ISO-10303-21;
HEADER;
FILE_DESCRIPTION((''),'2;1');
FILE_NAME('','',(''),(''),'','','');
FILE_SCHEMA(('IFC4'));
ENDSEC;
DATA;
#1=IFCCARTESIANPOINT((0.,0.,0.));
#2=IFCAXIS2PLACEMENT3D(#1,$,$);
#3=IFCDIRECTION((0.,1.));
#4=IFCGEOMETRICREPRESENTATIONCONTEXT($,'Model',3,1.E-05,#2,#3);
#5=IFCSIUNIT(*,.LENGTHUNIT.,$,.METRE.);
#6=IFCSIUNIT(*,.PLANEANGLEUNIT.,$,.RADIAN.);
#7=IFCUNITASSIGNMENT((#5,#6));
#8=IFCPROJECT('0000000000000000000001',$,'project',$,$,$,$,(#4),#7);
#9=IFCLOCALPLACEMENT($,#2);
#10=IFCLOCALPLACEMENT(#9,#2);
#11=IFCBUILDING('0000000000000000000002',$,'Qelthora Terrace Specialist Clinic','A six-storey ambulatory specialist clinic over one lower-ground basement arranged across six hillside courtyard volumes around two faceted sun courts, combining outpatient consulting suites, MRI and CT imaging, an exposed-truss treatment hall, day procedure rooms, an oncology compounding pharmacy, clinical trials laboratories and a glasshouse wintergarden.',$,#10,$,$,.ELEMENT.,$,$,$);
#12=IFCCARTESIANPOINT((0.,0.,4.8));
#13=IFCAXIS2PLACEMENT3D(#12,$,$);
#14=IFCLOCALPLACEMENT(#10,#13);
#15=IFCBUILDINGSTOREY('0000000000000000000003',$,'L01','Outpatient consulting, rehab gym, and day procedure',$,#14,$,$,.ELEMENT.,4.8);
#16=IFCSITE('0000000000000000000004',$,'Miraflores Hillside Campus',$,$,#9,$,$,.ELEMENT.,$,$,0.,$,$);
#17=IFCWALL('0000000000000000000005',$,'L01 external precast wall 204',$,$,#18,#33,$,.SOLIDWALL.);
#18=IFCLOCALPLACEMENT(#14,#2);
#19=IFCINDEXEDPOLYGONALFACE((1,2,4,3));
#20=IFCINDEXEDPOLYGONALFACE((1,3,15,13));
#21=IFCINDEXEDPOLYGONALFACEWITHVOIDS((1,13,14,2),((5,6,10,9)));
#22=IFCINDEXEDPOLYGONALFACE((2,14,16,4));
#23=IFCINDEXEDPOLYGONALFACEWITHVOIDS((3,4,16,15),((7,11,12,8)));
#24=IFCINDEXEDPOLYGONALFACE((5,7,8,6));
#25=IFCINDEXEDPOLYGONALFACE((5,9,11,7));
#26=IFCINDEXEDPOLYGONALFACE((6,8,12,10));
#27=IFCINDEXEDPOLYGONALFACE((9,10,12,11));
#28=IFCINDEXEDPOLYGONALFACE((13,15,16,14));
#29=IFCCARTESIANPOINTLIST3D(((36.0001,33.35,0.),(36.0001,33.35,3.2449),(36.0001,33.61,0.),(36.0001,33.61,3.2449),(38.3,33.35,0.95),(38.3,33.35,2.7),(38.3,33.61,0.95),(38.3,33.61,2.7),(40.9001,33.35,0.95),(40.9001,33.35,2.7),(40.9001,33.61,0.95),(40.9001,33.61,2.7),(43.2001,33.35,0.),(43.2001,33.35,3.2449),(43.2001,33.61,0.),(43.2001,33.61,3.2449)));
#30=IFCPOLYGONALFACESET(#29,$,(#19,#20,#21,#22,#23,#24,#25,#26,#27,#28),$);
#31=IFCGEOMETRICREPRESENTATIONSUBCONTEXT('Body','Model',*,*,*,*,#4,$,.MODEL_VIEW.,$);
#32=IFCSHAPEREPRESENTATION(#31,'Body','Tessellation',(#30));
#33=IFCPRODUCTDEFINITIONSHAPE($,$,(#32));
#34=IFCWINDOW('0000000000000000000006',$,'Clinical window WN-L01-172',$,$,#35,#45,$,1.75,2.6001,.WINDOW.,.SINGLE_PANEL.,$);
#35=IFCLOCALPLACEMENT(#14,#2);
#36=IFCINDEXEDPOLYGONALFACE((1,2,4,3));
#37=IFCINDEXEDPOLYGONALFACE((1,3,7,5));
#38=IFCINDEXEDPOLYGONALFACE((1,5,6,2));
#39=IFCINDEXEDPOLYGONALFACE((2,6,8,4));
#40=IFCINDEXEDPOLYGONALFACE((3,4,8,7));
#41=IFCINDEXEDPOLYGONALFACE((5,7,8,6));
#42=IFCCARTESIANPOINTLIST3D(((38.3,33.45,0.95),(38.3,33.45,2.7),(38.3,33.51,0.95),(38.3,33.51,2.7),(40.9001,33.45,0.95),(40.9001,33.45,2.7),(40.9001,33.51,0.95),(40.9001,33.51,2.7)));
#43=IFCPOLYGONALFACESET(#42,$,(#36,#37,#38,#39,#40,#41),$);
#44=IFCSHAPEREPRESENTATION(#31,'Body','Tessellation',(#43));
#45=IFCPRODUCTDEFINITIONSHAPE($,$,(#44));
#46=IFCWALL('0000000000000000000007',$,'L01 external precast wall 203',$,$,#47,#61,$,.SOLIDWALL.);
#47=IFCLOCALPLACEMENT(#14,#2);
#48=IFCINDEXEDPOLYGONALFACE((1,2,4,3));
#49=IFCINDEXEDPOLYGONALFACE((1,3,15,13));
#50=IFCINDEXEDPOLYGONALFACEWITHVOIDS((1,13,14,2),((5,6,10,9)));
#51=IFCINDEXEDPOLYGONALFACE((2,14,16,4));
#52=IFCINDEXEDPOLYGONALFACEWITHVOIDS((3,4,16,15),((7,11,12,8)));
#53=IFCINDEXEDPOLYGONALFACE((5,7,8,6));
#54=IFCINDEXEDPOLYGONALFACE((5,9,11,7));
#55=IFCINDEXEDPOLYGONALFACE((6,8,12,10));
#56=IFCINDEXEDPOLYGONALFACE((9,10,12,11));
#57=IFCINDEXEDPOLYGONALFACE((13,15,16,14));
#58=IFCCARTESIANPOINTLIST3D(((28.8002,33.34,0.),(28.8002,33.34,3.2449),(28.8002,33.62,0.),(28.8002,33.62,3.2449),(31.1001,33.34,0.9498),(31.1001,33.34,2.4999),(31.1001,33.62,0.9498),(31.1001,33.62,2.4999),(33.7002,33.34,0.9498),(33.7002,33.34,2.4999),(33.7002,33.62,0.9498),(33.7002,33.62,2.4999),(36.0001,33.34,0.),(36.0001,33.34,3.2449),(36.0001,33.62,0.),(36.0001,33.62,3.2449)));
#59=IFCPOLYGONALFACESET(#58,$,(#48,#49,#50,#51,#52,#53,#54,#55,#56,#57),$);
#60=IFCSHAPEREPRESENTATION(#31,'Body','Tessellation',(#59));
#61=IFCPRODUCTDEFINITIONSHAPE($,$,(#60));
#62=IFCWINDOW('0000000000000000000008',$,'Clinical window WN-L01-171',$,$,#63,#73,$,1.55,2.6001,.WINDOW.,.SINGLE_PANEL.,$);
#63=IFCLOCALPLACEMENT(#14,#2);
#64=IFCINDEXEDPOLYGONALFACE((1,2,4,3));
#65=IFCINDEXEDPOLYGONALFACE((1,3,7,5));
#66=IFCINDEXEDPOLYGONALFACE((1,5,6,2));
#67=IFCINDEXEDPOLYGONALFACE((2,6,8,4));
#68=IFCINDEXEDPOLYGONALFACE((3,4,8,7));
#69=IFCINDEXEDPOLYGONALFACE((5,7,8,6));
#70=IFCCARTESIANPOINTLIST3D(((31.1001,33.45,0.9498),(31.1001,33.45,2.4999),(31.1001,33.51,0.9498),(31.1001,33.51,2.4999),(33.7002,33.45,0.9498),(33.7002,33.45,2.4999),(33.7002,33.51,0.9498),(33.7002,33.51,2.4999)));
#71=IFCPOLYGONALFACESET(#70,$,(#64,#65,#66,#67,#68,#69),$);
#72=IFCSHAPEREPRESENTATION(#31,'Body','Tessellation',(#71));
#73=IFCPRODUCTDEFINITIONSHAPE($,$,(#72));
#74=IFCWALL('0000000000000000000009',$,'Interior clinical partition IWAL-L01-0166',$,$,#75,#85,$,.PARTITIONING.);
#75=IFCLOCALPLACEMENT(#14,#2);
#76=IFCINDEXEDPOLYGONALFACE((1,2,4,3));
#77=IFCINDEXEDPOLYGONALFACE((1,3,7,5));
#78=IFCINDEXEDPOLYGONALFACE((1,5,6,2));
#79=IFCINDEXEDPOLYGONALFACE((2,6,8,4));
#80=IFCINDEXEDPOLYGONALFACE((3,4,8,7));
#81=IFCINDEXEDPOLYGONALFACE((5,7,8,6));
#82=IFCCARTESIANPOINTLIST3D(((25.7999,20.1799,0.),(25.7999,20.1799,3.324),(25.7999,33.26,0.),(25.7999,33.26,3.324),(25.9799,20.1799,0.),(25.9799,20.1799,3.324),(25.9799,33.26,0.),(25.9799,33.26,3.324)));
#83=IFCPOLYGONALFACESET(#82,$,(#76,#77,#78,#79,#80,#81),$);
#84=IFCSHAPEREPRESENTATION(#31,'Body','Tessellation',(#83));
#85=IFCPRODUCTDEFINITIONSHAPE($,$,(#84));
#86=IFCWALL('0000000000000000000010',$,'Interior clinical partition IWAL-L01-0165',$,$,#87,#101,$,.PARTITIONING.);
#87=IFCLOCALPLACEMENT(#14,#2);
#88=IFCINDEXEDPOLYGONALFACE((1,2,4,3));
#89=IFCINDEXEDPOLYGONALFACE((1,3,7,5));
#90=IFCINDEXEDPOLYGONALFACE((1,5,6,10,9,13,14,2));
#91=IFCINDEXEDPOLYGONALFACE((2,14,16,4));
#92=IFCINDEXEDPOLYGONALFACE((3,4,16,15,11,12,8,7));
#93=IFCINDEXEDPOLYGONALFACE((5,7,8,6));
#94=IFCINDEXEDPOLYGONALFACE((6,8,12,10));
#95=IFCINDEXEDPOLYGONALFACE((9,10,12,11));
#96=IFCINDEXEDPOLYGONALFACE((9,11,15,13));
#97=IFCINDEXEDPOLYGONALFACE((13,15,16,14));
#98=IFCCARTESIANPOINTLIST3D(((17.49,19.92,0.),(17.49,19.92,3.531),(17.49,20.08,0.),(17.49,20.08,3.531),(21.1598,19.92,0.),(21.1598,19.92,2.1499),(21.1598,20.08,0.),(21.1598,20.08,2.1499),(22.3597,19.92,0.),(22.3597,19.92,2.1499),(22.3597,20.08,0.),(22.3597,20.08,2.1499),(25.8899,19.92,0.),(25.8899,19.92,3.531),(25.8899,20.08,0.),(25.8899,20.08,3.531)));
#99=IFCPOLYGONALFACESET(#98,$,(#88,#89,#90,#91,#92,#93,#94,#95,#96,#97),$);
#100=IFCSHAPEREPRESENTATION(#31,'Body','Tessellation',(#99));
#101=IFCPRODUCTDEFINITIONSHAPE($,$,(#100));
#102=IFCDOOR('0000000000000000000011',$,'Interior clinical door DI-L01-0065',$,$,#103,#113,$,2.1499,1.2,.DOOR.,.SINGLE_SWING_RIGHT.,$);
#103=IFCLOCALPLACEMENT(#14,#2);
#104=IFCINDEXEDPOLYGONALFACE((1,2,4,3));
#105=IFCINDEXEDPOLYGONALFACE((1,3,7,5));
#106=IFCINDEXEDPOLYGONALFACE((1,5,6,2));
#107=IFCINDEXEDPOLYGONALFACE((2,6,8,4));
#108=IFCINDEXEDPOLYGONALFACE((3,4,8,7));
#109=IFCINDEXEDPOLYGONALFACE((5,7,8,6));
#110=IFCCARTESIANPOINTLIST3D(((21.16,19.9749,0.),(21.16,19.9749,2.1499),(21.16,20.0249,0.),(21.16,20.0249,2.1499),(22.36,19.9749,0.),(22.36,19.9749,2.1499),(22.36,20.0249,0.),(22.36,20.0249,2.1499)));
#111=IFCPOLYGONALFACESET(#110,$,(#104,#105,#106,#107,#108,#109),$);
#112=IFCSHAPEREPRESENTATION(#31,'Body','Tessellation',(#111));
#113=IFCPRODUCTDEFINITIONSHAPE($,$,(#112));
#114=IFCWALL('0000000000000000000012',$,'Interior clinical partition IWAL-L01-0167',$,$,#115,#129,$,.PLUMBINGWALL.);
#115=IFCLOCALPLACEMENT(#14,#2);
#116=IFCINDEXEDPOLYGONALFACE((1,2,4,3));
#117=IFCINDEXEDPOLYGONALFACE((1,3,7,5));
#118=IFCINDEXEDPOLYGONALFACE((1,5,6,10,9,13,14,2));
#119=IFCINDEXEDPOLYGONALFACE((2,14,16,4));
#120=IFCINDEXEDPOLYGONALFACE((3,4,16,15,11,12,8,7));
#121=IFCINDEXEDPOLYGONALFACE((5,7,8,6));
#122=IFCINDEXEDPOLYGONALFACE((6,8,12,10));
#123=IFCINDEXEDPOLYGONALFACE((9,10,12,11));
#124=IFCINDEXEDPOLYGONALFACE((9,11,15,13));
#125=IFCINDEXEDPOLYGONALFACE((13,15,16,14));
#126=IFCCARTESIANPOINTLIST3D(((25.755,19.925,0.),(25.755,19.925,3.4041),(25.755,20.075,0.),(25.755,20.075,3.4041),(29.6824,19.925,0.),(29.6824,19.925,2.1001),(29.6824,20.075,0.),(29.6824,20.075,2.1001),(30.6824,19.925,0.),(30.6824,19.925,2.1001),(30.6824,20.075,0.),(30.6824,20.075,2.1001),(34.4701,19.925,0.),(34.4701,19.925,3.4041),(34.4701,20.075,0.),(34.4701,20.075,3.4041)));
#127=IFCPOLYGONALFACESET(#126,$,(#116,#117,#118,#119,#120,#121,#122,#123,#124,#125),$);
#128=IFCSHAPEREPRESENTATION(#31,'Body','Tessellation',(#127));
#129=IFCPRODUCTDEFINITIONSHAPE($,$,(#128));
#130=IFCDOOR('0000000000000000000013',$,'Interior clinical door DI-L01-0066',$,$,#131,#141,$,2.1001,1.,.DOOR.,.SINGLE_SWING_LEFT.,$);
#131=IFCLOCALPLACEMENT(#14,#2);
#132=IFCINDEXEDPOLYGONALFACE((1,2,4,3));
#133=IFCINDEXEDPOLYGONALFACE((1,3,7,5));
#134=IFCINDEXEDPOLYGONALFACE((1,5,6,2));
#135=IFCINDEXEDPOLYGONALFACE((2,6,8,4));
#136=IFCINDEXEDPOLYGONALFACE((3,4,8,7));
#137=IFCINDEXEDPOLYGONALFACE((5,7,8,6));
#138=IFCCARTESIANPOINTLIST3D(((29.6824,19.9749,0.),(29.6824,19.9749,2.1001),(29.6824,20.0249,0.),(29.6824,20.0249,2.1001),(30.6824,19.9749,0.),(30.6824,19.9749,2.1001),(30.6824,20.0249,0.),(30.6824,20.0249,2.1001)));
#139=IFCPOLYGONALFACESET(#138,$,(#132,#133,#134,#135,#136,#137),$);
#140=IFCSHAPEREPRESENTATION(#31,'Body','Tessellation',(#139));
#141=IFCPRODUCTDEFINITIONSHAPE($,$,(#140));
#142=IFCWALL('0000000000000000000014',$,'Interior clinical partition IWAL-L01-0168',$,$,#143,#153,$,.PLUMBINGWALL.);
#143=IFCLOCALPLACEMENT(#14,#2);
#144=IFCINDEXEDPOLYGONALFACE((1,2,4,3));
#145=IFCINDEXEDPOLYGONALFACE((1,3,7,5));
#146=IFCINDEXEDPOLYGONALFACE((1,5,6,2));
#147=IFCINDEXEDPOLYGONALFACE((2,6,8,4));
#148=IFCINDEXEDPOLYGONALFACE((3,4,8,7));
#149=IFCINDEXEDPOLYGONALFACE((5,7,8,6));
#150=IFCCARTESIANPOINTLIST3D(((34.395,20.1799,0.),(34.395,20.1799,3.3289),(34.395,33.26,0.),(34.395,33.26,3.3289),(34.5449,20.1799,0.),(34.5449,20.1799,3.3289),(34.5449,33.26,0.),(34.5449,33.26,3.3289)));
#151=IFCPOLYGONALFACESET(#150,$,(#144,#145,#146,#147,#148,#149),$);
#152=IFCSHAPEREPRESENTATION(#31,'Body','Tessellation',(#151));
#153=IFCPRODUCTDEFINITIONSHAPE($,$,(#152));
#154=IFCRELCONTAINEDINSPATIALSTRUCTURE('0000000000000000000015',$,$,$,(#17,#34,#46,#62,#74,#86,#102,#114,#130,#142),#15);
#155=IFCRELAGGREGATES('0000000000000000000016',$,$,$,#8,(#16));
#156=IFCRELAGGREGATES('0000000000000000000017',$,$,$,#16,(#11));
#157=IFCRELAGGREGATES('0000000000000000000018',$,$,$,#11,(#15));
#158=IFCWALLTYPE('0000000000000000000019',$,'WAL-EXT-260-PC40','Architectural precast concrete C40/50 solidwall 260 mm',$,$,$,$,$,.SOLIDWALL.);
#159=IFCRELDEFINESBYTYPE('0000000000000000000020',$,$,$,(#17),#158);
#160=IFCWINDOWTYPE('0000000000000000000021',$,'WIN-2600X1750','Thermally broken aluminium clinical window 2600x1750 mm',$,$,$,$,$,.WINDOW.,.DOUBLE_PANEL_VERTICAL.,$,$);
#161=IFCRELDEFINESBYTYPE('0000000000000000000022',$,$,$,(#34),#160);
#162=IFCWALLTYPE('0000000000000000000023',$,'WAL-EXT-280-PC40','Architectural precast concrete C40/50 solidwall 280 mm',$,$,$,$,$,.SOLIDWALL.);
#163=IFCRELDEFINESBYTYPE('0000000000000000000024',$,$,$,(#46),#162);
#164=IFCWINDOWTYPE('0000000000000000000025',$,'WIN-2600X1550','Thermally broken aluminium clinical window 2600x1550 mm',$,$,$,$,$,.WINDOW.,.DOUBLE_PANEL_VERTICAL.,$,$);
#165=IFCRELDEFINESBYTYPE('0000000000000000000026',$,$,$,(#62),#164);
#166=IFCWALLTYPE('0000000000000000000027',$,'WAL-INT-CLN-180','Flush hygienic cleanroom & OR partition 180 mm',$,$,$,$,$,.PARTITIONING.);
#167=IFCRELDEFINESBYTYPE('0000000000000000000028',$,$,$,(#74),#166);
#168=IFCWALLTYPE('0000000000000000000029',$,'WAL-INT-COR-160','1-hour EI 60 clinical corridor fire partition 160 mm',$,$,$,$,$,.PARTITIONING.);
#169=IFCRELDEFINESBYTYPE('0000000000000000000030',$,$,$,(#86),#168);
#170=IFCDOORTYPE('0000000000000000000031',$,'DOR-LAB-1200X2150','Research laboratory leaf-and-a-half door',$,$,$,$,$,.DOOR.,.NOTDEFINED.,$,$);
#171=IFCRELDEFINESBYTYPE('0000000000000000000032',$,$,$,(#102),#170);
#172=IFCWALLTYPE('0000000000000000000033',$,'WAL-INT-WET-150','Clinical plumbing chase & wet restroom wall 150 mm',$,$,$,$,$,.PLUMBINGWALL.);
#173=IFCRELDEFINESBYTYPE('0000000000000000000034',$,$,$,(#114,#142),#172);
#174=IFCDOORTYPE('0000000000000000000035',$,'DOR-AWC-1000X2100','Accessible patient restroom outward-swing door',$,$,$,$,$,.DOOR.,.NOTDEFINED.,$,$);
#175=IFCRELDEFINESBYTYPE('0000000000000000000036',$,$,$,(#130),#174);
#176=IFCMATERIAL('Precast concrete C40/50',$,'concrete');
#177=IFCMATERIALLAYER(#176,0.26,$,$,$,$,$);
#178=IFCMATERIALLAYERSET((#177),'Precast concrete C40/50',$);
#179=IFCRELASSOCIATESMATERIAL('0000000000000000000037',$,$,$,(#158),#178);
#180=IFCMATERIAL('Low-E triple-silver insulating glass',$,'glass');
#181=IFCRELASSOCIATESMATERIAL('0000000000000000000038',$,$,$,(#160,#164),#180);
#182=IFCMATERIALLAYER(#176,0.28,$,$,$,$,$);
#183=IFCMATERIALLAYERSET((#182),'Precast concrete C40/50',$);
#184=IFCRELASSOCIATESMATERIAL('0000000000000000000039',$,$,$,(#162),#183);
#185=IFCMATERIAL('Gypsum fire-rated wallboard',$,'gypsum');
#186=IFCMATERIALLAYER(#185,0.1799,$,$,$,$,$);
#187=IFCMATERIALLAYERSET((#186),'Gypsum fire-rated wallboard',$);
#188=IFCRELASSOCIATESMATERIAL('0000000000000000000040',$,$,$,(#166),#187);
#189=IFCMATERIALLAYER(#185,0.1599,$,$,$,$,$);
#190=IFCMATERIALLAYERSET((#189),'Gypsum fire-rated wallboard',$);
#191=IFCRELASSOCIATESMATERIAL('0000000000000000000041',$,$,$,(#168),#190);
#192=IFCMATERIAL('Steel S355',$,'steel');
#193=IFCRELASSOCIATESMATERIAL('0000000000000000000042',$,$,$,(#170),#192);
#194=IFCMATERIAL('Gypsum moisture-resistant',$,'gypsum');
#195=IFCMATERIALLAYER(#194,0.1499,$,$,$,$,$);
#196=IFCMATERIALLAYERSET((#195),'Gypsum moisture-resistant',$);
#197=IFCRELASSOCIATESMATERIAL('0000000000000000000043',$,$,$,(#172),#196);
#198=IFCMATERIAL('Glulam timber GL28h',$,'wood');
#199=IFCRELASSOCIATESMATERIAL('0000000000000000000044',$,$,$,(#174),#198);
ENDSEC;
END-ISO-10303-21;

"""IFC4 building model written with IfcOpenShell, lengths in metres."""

from ifc_helpers import new_model, si_unit, direction, frame, frame_2d, origin, place, context, subcontext, project, spatial, rectangle, extrude, material, layer, layer_set, type_object, element, fill, save


model = new_model("IFC4")

# Units and contexts
model_context = context("Model", 3, precision=1e-05, world=origin(), true_north=direction((0.0, 1.0)))
body_context = subcontext(model_context, "Body", "Model", "MODEL_VIEW")
ifc_project = project(units=[si_unit("LENGTHUNIT", "METRE"), si_unit("PLANEANGLEUNIT", "RADIAN")], contexts=[model_context])

# Site, building, storey
site_placement = place(None, origin())
site = spatial("IfcSite", under=ifc_project, at=site_placement, Name="Miraflores Hillside Campus", CompositionType="ELEMENT", RefElevation=0.0)
building_placement = place(site_placement, origin())
building = spatial("IfcBuilding", under=site, at=building_placement, Name="Qelthora Terrace Specialist Clinic", Description="A six-storey ambulatory specialist clinic over one lower-ground basement arranged across six hillside courtyard volumes around two faceted sun courts, combining outpatient consulting suites, MRI and CT imaging, an exposed-truss treatment hall, day procedure rooms, an oncology compounding pharmacy, clinical trials laboratories and a glasshouse wintergarden.", CompositionType="ELEMENT")
storey_placement = place(building_placement, frame((0.0, 0.0, 4.8)))
storey = spatial("IfcBuildingStorey", under=building, at=storey_placement, Name="L01", Description="Outpatient consulting, rehab gym, and day procedure", CompositionType="ELEMENT", Elevation=4.8)

# Shared definitions
ifc_material_1 = material(Name="Steel S355", Category="steel")

# Walls, openings, windows
ifc_material_2 = material(Name="Precast concrete C40/50", Category="concrete")
ifc_layer_1 = layer(ifc_material_2, 0.26)
ifc_layer_set_1 = layer_set([ifc_layer_1], Name="Precast concrete C40/50")
wall_type_1 = type_object("IfcWallType", Name="WAL-EXT-260-PC40", Description="Architectural precast concrete C40/50 solidwall 260 mm", PredefinedType="SOLIDWALL", material=ifc_layer_set_1)
wall_1_placement = place(storey_placement, frame((36.0, 33.48, 0.0), z_axis=(0.0, 0.0, 1.0), x_axis=(1.0, 0.0, 0.0)))
wall_1 = element("IfcWall", 1, at=wall_1_placement, inside=storey, type_object=wall_type_1, Name="L01 external precast wall 204", PredefinedType="SOLIDWALL", context=body_context, shape_type="SweptSolid", body=[
    extrude(rectangle(XDim=7.2, YDim=0.26, at=frame_2d((3.6001, 0.0))), origin(), (0.0, 0.0, 1.0), 3.2449),
])
opening_1_placement = place(wall_1_placement, frame((2.3, 0.0, 0.95)))
opening_1 = element("IfcOpeningElement", 2, at=opening_1_placement, cuts=wall_1, PredefinedType="OPENING", context=body_context, shape_type="SweptSolid", body=[
    extrude(rectangle(XDim=2.6001, YDim=1.75, at=frame_2d((1.3, 0.875))), frame((0.0, 0.1399, 0.0), z_axis=(0.0, -1.0, 0.0), x_axis=(1.0, 0.0, 0.0)), (0.0, 0.0, 1.0), 0.28),
])
ifc_material_3 = material(Name="Low-E triple-silver insulating glass", Category="glass")
window_type_1 = type_object("IfcWindowType", Name="WIN-2600X1750", Description="Thermally broken aluminium clinical window 2600x1750 mm", PartitioningType="DOUBLE_PANEL_VERTICAL", PredefinedType="WINDOW", material=ifc_material_3)
window_1_placement = place(opening_1_placement, origin())
window_1 = element("IfcWindow", 3, at=window_1_placement, inside=storey, type_object=window_type_1, Name="Clinical window WN-L01-172", OverallHeight=1.75, OverallWidth=2.6001, PartitioningType="SINGLE_PANEL", PredefinedType="WINDOW", context=body_context, shape_type="SweptSolid", body=[
    extrude(rectangle(XDim=2.6001, YDim=1.75, at=frame_2d((1.3, 0.875))), frame((0.0, 0.03, 0.0), z_axis=(0.0, -1.0, 0.0), x_axis=(1.0, 0.0, 0.0)), (0.0, 0.0, 1.0), 0.0601),
])
fill(opening_1, window_1)
ifc_layer_2 = layer(ifc_material_2, 0.28)
ifc_layer_set_2 = layer_set([ifc_layer_2], Name="Precast concrete C40/50")
wall_type_2 = type_object("IfcWallType", Name="WAL-EXT-280-PC40", Description="Architectural precast concrete C40/50 solidwall 280 mm", PredefinedType="SOLIDWALL", material=ifc_layer_set_2)
wall_2_placement = place(storey_placement, frame((28.8, 33.48, 0.0), z_axis=(0.0, 0.0, 1.0), x_axis=(1.0, 0.0, 0.0)))
wall_2 = element("IfcWall", 4, at=wall_2_placement, inside=storey, type_object=wall_type_2, Name="L01 external precast wall 203", PredefinedType="SOLIDWALL", context=body_context, shape_type="SweptSolid", body=[
    extrude(rectangle(XDim=7.2, YDim=0.28, at=frame_2d((3.6001, 0.0))), origin(), (0.0, 0.0, 1.0), 3.2449),
])
opening_2_placement = place(wall_2_placement, frame((2.3, 0.0, 0.95)))
opening_2 = element("IfcOpeningElement", 5, at=opening_2_placement, cuts=wall_2, PredefinedType="OPENING", context=body_context, shape_type="SweptSolid", body=[
    extrude(rectangle(XDim=2.6001, YDim=1.55, at=frame_2d((1.3, 0.7749))), frame((0.0, 0.1499, 0.0), z_axis=(0.0, -1.0, 0.0), x_axis=(1.0, 0.0, 0.0)), (0.0, 0.0, 1.0), 0.3),
])
window_type_2 = type_object("IfcWindowType", Name="WIN-2600X1550", Description="Thermally broken aluminium clinical window 2600x1550 mm", PartitioningType="DOUBLE_PANEL_VERTICAL", PredefinedType="WINDOW", material=ifc_material_3)
window_2_placement = place(opening_2_placement, origin())
window_2 = element("IfcWindow", 6, at=window_2_placement, inside=storey, type_object=window_type_2, Name="Clinical window WN-L01-171", OverallHeight=1.55, OverallWidth=2.6001, PartitioningType="SINGLE_PANEL", PredefinedType="WINDOW", context=body_context, shape_type="SweptSolid", body=[
    extrude(rectangle(XDim=2.6001, YDim=1.55, at=frame_2d((1.3, 0.7749))), frame((0.0, 0.03, 0.0), z_axis=(0.0, -1.0, 0.0), x_axis=(1.0, 0.0, 0.0)), (0.0, 0.0, 1.0), 0.0601),
])
fill(opening_2, window_2)

# Wall
ifc_material_4 = material(Name="Gypsum fire-rated wallboard", Category="gypsum")
ifc_layer_3 = layer(ifc_material_4, 0.1799)
ifc_layer_set_3 = layer_set([ifc_layer_3], Name="Gypsum fire-rated wallboard")
wall_type_3 = type_object("IfcWallType", Name="WAL-INT-CLN-180", Description="Flush hygienic cleanroom & OR partition 180 mm", PredefinedType="PARTITIONING", material=ifc_layer_set_3)
wall_3_placement = place(storey_placement, frame((25.8899, 33.26, 0.0), z_axis=(0.0, 0.0, 1.0), x_axis=(0.0, -1.0, 0.0)))
element("IfcWall", 7, at=wall_3_placement, inside=storey, type_object=wall_type_3, Name="Interior clinical partition IWAL-L01-0166", PredefinedType="PARTITIONING", context=body_context, shape_type="SweptSolid", body=[
    extrude(rectangle(XDim=13.0801, YDim=0.1799, at=frame_2d((6.54, 0.0))), origin(), (0.0, 0.0, 1.0), 3.324),
])

# Walls, openings, doors
ifc_layer_4 = layer(ifc_material_4, 0.1599)
ifc_layer_set_4 = layer_set([ifc_layer_4], Name="Gypsum fire-rated wallboard")
wall_type_4 = type_object("IfcWallType", Name="WAL-INT-COR-160", Description="1-hour EI 60 clinical corridor fire partition 160 mm", PredefinedType="PARTITIONING", material=ifc_layer_set_4)
wall_4_placement = place(storey_placement, frame((25.8899, 20.0, 0.0), z_axis=(0.0, 0.0, 1.0), x_axis=(-1.0, 0.0, 0.0)))
wall_4 = element("IfcWall", 8, at=wall_4_placement, inside=storey, type_object=wall_type_4, Name="Interior clinical partition IWAL-L01-0165", PredefinedType="PARTITIONING", context=body_context, shape_type="SweptSolid", body=[
    extrude(rectangle(XDim=8.3999, YDim=0.1599, at=frame_2d((4.2, 0.0))), origin(), (0.0, 0.0, 1.0), 3.531),
])
opening_3_placement = place(wall_4_placement, frame((3.53, 0.0, 0.0)))
opening_3 = element("IfcOpeningElement", 9, at=opening_3_placement, cuts=wall_4, PredefinedType="OPENING", context=body_context, shape_type="SweptSolid", body=[
    extrude(rectangle(XDim=1.2, YDim=2.1499, at=frame_2d((0.6001, 1.075))), frame((0.0, 0.0898, 0.0), z_axis=(0.0, -1.0, 0.0), x_axis=(1.0, 0.0, 0.0)), (0.0, 0.0, 1.0), 0.1799),
])
door_type_1 = type_object("IfcDoorType", Name="DOR-LAB-1200X2150", Description="Research laboratory leaf-and-a-half door", OperationType="NOTDEFINED", PredefinedType="DOOR", material=ifc_material_1)
door_1_placement = place(opening_3_placement, frame((1.2, 0.0, 0.0), z_axis=(0.0, 0.0, 1.0), x_axis=(-1.0, 0.0, 0.0)))
door_1 = element("IfcDoor", 10, at=door_1_placement, inside=storey, type_object=door_type_1, Name="Interior clinical door DI-L01-0065", OperationType="SINGLE_SWING_RIGHT", OverallHeight=2.1499, OverallWidth=1.2, PredefinedType="DOOR", context=body_context, shape_type="SweptSolid", body=[
    extrude(rectangle(XDim=1.2, YDim=2.1499, at=frame_2d((0.6001, 1.075))), frame((0.0, 0.0249, 0.0), z_axis=(0.0, -1.0, 0.0), x_axis=(1.0, 0.0, 0.0)), (0.0, 0.0, 1.0), 0.05),
])
fill(opening_3, door_1)
ifc_material_5 = material(Name="Gypsum moisture-resistant", Category="gypsum")
ifc_layer_5 = layer(ifc_material_5, 0.1499)
ifc_layer_set_5 = layer_set([ifc_layer_5], Name="Gypsum moisture-resistant")
wall_type_5 = type_object("IfcWallType", Name="WAL-INT-WET-150", Description="Clinical plumbing chase & wet restroom wall 150 mm", PredefinedType="PLUMBINGWALL", material=ifc_layer_set_5)
wall_5_placement = place(storey_placement, frame((34.47, 20.0, 0.0), z_axis=(0.0, 0.0, 1.0), x_axis=(-1.0, 0.0, 0.0)))
wall_5 = element("IfcWall", 11, at=wall_5_placement, inside=storey, type_object=wall_type_5, Name="Interior clinical partition IWAL-L01-0167", PredefinedType="PLUMBINGWALL", context=body_context, shape_type="SweptSolid", body=[
    extrude(rectangle(XDim=8.7151, YDim=0.1499, at=frame_2d((4.3574, 0.0))), origin(), (0.0, 0.0, 1.0), 3.4041),
])
opening_4_placement = place(wall_5_placement, frame((3.7876, 0.0, 0.0)))
opening_4 = element("IfcOpeningElement", 12, at=opening_4_placement, cuts=wall_5, PredefinedType="OPENING", context=body_context, shape_type="SweptSolid", body=[
    extrude(rectangle(XDim=1.0, YDim=2.1001, at=frame_2d((0.5, 1.05))), frame((0.0, 0.085, 0.0), z_axis=(0.0, -1.0, 0.0), x_axis=(1.0, 0.0, 0.0)), (0.0, 0.0, 1.0), 0.1699),
])
ifc_material_6 = material(Name="Glulam timber GL28h", Category="wood")
door_type_2 = type_object("IfcDoorType", Name="DOR-AWC-1000X2100", Description="Accessible patient restroom outward-swing door", OperationType="NOTDEFINED", PredefinedType="DOOR", material=ifc_material_6)
door_2_placement = place(opening_4_placement, frame((1.0, 0.0, 0.0), z_axis=(0.0, 0.0, 1.0), x_axis=(-1.0, 0.0, 0.0)))
door_2 = element("IfcDoor", 13, at=door_2_placement, inside=storey, type_object=door_type_2, Name="Interior clinical door DI-L01-0066", OperationType="SINGLE_SWING_LEFT", OverallHeight=2.1001, OverallWidth=1.0, PredefinedType="DOOR", context=body_context, shape_type="SweptSolid", body=[
    extrude(rectangle(XDim=1.0, YDim=2.1001, at=frame_2d((0.5, 1.05))), frame((0.0, 0.0249, 0.0), z_axis=(0.0, -1.0, 0.0), x_axis=(1.0, 0.0, 0.0)), (0.0, 0.0, 1.0), 0.05),
])
fill(opening_4, door_2)

# Wall
wall_6_placement = place(storey_placement, frame((34.47, 33.26, 0.0), z_axis=(0.0, 0.0, 1.0), x_axis=(0.0, -1.0, 0.0)))
element("IfcWall", 14, at=wall_6_placement, inside=storey, type_object=wall_type_5, Name="Interior clinical partition IWAL-L01-0168", PredefinedType="PLUMBINGWALL", context=body_context, shape_type="SweptSolid", body=[
    extrude(rectangle(XDim=13.0801, YDim=0.1499, at=frame_2d((6.54, 0.0))), origin(), (0.0, 0.0, 1.0), 3.3289),
])

save(model, "model.ifc")
